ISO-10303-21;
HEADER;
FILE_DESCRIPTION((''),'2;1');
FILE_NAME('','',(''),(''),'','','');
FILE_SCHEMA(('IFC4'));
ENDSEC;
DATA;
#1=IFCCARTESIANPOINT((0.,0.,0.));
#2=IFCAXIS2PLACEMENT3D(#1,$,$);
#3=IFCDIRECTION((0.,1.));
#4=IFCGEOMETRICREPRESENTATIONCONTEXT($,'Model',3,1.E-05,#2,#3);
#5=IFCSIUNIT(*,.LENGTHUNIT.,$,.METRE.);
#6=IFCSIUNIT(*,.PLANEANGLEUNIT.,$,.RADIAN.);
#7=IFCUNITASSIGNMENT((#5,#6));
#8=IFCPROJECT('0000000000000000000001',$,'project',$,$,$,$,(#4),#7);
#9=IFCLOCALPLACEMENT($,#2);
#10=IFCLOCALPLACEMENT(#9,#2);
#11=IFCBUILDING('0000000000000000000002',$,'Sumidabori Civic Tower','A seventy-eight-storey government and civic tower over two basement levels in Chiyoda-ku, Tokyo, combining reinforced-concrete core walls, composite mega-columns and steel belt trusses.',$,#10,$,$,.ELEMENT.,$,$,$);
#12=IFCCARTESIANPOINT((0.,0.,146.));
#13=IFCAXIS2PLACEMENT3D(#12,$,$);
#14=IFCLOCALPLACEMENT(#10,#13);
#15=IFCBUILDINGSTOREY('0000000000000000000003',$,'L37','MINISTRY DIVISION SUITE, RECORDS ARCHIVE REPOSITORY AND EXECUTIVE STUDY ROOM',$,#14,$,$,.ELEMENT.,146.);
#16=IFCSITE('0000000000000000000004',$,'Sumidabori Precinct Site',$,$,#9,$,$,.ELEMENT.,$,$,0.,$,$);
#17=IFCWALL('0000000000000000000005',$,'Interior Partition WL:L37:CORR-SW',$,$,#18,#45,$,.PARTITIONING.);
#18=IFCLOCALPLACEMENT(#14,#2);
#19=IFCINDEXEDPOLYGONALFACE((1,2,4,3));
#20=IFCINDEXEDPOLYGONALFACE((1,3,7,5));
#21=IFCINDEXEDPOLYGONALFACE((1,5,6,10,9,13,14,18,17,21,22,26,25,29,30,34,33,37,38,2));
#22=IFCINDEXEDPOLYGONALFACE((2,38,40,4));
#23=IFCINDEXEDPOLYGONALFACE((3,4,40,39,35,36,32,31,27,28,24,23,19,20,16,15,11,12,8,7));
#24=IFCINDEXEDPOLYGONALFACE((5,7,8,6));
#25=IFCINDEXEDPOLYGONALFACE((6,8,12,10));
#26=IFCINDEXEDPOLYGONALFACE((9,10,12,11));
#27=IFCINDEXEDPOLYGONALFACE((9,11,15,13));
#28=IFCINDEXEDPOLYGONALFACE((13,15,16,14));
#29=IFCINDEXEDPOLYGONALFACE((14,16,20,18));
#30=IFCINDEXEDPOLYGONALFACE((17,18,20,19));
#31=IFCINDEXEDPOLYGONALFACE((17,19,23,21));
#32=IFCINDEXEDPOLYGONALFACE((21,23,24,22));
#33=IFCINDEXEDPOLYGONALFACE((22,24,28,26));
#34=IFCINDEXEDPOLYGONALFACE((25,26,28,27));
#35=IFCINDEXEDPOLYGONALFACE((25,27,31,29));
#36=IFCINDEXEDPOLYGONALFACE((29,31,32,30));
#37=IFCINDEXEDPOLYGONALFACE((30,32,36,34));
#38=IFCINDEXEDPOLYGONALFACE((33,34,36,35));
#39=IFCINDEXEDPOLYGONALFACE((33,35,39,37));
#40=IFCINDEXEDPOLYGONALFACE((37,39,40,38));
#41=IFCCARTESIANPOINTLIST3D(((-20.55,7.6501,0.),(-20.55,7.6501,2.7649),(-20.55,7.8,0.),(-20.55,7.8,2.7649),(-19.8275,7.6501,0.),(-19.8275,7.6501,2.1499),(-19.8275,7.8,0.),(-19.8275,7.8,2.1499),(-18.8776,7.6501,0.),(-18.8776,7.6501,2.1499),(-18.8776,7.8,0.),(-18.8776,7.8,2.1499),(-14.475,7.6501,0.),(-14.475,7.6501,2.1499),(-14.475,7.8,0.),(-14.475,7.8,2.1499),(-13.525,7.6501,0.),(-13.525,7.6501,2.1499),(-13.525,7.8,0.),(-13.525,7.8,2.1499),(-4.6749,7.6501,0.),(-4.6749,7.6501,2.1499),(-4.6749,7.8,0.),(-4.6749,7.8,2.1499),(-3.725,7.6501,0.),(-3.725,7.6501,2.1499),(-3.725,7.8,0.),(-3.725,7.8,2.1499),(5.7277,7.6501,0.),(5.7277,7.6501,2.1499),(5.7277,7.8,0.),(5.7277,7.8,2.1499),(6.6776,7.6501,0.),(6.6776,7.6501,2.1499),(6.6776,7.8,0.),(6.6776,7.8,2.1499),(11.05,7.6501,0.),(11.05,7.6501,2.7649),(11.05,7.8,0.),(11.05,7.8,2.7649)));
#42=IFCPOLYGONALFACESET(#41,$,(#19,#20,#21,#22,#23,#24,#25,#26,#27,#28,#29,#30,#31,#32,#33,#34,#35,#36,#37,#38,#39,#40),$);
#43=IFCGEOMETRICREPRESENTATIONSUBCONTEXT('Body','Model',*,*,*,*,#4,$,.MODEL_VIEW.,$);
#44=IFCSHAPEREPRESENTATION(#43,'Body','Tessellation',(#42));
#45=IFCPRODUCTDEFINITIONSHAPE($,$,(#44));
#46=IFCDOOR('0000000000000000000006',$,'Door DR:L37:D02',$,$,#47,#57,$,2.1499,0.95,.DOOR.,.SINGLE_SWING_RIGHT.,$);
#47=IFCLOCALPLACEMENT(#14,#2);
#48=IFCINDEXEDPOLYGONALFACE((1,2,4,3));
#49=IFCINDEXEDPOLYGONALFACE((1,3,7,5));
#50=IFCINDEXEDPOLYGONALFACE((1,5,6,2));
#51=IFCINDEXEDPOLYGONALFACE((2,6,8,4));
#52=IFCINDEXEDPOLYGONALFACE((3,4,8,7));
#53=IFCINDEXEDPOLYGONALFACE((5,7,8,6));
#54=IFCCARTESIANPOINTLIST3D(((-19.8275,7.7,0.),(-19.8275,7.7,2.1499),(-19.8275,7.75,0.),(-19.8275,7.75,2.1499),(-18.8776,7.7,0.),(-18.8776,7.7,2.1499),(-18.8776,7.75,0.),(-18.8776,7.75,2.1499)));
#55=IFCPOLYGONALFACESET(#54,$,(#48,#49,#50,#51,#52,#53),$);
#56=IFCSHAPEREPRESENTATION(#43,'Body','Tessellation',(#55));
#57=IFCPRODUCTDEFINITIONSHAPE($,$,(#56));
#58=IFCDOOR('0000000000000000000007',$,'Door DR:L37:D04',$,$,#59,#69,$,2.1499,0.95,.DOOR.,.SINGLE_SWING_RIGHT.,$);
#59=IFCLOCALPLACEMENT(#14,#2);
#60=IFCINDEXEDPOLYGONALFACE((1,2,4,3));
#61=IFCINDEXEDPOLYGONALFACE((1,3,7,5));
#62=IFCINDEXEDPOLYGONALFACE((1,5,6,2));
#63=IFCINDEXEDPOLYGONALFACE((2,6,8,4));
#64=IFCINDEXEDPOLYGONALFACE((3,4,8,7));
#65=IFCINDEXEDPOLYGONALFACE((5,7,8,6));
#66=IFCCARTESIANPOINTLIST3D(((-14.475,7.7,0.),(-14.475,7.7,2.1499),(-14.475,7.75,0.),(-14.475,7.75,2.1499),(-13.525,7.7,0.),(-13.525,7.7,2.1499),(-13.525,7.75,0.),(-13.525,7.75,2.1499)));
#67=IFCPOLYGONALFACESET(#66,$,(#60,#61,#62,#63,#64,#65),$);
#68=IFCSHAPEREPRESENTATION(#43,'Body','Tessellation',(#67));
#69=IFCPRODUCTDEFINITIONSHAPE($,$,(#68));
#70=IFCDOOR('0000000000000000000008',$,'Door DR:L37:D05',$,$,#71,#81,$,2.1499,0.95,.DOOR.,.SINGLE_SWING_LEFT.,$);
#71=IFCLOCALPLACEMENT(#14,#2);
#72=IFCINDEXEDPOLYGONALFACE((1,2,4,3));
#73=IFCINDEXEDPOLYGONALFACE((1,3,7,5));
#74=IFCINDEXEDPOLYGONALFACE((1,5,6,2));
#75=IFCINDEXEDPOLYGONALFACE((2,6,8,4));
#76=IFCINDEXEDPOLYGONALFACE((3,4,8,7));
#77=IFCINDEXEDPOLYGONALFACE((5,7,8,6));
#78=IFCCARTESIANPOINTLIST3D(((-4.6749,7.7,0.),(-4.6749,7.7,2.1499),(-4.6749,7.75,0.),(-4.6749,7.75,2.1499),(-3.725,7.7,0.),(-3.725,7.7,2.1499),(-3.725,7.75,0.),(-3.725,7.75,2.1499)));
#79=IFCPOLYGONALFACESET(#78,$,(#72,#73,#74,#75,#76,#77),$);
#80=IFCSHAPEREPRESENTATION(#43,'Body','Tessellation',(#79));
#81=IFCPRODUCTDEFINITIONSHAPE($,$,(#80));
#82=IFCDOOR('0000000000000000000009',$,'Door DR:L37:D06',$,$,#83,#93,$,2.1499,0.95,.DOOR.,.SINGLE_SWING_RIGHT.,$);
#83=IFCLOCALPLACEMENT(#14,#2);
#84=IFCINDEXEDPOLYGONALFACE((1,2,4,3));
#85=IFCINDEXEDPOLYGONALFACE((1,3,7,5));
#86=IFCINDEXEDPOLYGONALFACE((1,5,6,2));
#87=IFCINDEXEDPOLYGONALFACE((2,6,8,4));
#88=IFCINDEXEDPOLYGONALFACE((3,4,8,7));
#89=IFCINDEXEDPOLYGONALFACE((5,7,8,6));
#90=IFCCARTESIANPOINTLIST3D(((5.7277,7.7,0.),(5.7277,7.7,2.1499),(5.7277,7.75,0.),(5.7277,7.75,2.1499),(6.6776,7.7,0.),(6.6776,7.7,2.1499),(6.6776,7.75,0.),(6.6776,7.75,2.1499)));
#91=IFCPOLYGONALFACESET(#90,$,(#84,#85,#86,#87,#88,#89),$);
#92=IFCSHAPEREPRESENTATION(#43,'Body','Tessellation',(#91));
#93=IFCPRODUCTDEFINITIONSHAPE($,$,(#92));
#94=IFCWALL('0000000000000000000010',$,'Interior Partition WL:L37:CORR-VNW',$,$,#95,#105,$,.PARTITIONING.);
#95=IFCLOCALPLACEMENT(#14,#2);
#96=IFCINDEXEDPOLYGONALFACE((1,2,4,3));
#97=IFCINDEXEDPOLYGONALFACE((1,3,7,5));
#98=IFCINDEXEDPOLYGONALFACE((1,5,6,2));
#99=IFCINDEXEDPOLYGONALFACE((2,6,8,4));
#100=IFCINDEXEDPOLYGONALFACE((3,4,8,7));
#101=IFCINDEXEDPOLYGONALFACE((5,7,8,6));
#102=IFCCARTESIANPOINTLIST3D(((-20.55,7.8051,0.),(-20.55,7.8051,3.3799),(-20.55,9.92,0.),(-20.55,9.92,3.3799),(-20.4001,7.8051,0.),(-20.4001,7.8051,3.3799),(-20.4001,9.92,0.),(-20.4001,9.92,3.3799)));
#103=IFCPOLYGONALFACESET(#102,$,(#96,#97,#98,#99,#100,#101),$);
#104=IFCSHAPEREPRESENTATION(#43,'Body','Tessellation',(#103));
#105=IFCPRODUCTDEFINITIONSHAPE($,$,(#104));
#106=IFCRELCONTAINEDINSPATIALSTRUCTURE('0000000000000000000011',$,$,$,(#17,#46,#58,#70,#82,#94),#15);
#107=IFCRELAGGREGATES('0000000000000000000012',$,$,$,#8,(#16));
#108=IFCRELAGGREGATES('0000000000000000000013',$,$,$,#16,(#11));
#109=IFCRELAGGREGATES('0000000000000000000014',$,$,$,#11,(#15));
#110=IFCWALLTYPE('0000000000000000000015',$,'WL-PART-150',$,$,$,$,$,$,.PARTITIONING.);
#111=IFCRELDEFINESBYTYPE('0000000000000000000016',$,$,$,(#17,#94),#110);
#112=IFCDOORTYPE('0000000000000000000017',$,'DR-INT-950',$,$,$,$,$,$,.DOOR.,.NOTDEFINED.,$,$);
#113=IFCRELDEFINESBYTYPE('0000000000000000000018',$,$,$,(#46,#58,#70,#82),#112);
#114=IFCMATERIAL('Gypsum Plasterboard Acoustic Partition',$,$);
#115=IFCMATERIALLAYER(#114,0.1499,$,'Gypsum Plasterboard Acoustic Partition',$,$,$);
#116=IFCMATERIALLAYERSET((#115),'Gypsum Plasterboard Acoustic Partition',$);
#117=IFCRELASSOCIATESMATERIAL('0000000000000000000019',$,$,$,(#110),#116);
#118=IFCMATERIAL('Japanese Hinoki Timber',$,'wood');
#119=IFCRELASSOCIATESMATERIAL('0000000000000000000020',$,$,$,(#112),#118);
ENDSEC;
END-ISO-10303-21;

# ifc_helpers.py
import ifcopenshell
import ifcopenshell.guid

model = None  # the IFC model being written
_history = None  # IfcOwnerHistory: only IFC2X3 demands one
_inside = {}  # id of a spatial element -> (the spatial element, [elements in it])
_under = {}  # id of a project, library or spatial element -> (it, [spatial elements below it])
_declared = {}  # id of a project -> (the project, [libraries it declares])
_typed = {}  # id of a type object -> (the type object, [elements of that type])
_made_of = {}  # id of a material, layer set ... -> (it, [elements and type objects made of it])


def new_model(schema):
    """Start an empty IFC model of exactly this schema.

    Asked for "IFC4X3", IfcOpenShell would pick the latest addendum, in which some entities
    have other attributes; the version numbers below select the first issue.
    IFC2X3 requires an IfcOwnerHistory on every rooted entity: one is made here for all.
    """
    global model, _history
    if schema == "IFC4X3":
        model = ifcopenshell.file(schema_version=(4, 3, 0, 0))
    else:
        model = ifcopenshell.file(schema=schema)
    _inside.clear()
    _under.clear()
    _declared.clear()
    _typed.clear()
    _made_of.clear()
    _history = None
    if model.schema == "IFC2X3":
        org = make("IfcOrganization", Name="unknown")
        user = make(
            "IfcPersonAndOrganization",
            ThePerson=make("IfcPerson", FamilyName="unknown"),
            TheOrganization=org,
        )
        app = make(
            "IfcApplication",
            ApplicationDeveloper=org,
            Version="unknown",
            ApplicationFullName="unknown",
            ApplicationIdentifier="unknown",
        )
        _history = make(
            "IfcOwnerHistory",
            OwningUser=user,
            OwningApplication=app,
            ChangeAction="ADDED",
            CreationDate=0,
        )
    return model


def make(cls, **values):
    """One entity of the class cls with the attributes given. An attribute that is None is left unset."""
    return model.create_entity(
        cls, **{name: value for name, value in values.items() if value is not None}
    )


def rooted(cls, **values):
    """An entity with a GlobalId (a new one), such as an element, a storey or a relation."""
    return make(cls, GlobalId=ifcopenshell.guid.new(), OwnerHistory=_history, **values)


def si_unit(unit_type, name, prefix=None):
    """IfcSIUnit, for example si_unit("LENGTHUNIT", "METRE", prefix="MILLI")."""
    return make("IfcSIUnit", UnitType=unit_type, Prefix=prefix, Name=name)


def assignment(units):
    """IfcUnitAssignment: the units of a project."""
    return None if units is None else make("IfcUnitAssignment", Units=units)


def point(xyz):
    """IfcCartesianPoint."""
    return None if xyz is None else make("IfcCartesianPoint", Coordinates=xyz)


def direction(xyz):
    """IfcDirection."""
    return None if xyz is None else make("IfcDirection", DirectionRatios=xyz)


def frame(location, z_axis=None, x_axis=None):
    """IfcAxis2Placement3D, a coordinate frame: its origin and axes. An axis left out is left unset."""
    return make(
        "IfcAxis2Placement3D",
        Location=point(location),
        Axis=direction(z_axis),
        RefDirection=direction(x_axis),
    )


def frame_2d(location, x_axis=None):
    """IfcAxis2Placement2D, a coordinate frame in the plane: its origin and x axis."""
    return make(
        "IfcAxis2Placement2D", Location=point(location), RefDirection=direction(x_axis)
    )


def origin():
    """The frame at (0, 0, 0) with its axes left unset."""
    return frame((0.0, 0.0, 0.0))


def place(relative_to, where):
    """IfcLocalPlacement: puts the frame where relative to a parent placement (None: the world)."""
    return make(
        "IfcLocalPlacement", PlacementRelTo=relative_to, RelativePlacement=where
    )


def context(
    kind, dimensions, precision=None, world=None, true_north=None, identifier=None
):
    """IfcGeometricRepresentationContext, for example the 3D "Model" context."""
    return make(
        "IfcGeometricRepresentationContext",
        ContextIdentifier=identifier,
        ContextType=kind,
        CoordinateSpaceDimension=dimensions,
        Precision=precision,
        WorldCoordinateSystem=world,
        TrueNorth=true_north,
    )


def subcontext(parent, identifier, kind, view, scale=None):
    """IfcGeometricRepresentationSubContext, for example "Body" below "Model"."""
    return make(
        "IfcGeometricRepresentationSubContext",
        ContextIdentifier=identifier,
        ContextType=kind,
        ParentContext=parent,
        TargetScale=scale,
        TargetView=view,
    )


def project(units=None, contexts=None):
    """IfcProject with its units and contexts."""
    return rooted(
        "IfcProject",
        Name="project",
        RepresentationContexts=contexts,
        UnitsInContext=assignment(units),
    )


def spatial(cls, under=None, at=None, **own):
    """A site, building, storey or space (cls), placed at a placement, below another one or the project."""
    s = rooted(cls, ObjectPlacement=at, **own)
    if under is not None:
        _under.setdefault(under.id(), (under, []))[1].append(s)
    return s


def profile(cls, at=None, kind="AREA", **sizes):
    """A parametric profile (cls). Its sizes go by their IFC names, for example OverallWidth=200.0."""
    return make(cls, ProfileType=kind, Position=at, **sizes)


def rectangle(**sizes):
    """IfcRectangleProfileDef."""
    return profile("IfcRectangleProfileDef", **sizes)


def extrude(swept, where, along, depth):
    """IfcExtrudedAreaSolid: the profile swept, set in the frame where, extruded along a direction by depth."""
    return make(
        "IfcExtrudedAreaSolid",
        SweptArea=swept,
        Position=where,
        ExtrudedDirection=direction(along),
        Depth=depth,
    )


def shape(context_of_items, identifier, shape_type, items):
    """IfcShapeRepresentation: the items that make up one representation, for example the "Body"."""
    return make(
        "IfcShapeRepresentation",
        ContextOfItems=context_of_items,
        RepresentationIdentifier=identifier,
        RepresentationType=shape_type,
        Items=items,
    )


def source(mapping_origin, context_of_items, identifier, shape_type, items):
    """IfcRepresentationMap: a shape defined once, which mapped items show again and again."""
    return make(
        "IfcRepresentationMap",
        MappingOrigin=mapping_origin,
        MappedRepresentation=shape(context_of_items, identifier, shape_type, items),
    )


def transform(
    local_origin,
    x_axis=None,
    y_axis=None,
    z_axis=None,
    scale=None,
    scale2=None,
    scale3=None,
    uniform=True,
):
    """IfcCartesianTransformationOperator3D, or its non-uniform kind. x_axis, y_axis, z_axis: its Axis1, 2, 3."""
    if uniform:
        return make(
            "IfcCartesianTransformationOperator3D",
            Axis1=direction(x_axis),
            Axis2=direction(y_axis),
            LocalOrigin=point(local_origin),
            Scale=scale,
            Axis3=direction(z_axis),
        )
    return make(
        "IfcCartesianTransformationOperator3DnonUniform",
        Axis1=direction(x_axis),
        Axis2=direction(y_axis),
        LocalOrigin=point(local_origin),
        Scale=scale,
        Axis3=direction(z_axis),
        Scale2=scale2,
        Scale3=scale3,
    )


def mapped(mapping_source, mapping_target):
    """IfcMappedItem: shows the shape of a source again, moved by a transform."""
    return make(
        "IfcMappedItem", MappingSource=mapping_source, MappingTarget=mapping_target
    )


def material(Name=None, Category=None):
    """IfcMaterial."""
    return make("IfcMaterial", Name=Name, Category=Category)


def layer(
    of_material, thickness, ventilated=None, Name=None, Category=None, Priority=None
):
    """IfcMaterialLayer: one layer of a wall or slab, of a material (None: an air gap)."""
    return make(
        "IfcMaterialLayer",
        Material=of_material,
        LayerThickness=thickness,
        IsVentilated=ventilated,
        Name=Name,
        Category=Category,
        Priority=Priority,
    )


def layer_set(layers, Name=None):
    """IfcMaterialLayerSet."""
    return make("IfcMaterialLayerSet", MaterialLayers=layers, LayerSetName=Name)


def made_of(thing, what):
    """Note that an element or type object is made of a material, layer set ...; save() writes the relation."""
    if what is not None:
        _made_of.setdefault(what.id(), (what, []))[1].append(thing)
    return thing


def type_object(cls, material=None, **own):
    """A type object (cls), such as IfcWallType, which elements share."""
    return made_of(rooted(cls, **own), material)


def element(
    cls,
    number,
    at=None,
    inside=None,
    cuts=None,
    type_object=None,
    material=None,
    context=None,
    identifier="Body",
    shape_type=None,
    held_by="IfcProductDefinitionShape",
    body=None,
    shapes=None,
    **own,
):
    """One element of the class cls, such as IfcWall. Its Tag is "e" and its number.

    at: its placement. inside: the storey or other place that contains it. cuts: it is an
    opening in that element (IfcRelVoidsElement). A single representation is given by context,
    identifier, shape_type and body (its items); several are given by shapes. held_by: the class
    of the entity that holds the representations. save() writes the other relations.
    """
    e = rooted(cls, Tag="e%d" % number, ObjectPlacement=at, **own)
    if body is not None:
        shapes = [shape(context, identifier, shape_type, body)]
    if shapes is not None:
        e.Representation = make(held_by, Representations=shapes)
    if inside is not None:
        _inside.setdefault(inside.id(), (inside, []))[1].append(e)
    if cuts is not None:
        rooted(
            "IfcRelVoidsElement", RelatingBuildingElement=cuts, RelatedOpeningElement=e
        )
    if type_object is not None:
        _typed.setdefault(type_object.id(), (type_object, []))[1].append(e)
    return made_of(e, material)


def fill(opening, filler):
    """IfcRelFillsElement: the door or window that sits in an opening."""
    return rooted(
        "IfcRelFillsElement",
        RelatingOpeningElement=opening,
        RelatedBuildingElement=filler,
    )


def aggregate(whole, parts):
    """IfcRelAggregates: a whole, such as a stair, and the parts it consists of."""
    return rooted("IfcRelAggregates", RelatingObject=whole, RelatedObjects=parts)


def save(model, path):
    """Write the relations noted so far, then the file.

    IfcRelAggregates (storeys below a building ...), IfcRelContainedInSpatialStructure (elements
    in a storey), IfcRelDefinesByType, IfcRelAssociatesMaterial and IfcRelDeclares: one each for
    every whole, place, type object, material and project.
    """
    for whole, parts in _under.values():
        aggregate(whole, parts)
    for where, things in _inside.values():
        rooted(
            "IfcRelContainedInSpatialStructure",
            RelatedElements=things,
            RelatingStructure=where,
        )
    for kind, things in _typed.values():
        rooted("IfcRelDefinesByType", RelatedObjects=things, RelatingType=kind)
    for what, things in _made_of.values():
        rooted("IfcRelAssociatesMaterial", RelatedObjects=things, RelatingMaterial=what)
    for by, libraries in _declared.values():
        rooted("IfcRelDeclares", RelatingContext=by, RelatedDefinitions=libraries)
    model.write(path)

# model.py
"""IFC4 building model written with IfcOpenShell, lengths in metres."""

from ifc_helpers import new_model, si_unit, direction, frame, frame_2d, origin, place, context, subcontext, project, spatial, rectangle, extrude, source, transform, mapped, material, layer, layer_set, type_object, element, fill, save


model = new_model("IFC4")

# Units and contexts
model_context = context("Model", 3, precision=1e-05, world=origin(), true_north=direction((0.0, 1.0)))
body_context = subcontext(model_context, "Body", "Model", "MODEL_VIEW")
ifc_project = project(units=[si_unit("LENGTHUNIT", "METRE"), si_unit("PLANEANGLEUNIT", "RADIAN")], contexts=[model_context])

# Site, building, storey
site_placement = place(None, origin())
site = spatial("IfcSite", under=ifc_project, at=site_placement, Name="Sumidabori Precinct Site", CompositionType="ELEMENT", RefElevation=0.0)
building_placement = place(site_placement, origin())
building = spatial("IfcBuilding", under=site, at=building_placement, Name="Sumidabori Civic Tower", Description="A seventy-eight-storey government and civic tower over two basement levels in Chiyoda-ku, Tokyo, combining reinforced-concrete core walls, composite mega-columns and steel belt trusses.", CompositionType="ELEMENT")
storey_placement = place(building_placement, frame((0.0, 0.0, 146.0)))
storey = spatial("IfcBuildingStorey", under=building, at=storey_placement, Name="L37", Description="MINISTRY DIVISION SUITE, RECORDS ARCHIVE REPOSITORY AND EXECUTIVE STUDY ROOM", CompositionType="ELEMENT", Elevation=146.0)

# Wall, openings, doors
ifc_material_1 = material(Name="Gypsum Plasterboard Acoustic Partition")
ifc_layer_1 = layer(ifc_material_1, 0.1499, Name="Gypsum Plasterboard Acoustic Partition")
ifc_layer_set_1 = layer_set([ifc_layer_1], Name="Gypsum Plasterboard Acoustic Partition")
wall_type_1 = type_object("IfcWallType", Name="WL-PART-150", PredefinedType="PARTITIONING", material=ifc_layer_set_1)
shared_shape_1 = source(origin(), body_context, "Body", "SweptSolid", [
    extrude(rectangle(XDim=31.6001, YDim=0.1499, at=frame_2d((15.8, 0.0))), origin(), (0.0, 0.0, 1.0), 2.7649),
])
wall_1_placement = place(storey_placement, frame((-20.55, 7.7251, 0.0), z_axis=(0.0, 0.0, 1.0), x_axis=(1.0, 0.0, 0.0)))
wall_1 = element("IfcWall", 1, at=wall_1_placement, inside=storey, type_object=wall_type_1, Name="Interior Partition WL:L37:CORR-SW", PredefinedType="PARTITIONING", context=body_context, shape_type="MappedRepresentation", body=[
    mapped(shared_shape_1, transform((0.0, 0.0, 0.0), x_axis=(1.0, 0.0, 0.0), y_axis=(0.0, 1.0, 0.0), z_axis=(0.0, 0.0, 1.0), scale=1.0)),
])
opening_1_placement = place(wall_1_placement, frame((0.7224, 0.0, 0.0)))
opening_1 = element("IfcOpeningElement", 2, at=opening_1_placement, cuts=wall_1, PredefinedType="OPENING", context=body_context, shape_type="SweptSolid", body=[
    extrude(rectangle(XDim=0.95, YDim=2.1499, at=frame_2d((0.4751, 1.075))), frame((0.0, 0.0869, 0.0), z_axis=(0.0, -1.0, 0.0), x_axis=(1.0, 0.0, 0.0)), (0.0, 0.0, 1.0), 0.1738),
])
opening_2_placement = place(wall_1_placement, frame((6.075, 0.0, 0.0)))
opening_2 = element("IfcOpeningElement", 3, at=opening_2_placement, cuts=wall_1, PredefinedType="OPENING", context=body_context, shape_type="SweptSolid", body=[
    extrude(rectangle(XDim=0.95, YDim=2.1499, at=frame_2d((0.4751, 1.075))), frame((0.0, 0.0869, 0.0), z_axis=(0.0, -1.0, 0.0), x_axis=(1.0, 0.0, 0.0)), (0.0, 0.0, 1.0), 0.1738),
])
opening_3_placement = place(wall_1_placement, frame((15.875, 0.0, 0.0)))
opening_3 = element("IfcOpeningElement", 4, at=opening_3_placement, cuts=wall_1, PredefinedType="OPENING", context=body_context, shape_type="SweptSolid", body=[
    extrude(rectangle(XDim=0.95, YDim=2.1499, at=frame_2d((0.4751, 1.075))), frame((0.0, 0.0869, 0.0), z_axis=(0.0, -1.0, 0.0), x_axis=(1.0, 0.0, 0.0)), (0.0, 0.0, 1.0), 0.1738),
])
opening_4_placement = place(wall_1_placement, frame((26.2776, 0.0, 0.0)))
opening_4 = element("IfcOpeningElement", 5, at=opening_4_placement, cuts=wall_1, PredefinedType="OPENING", context=body_context, shape_type="SweptSolid", body=[
    extrude(rectangle(XDim=0.95, YDim=2.1499, at=frame_2d((0.4751, 1.075))), frame((0.0, 0.0869, 0.0), z_axis=(0.0, -1.0, 0.0), x_axis=(1.0, 0.0, 0.0)), (0.0, 0.0, 1.0), 0.1738),
])
ifc_material_2 = material(Name="Japanese Hinoki Timber", Category="wood")
door_type_1 = type_object("IfcDoorType", Name="DR-INT-950", OperationType="NOTDEFINED", PredefinedType="DOOR", material=ifc_material_2)
shared_shape_2 = source(origin(), body_context, "Body", "SweptSolid", [
    extrude(rectangle(XDim=0.95, YDim=2.1499, at=frame_2d((0.4751, 1.075))), frame((0.0, 0.0249, 0.0), z_axis=(0.0, -1.0, 0.0), x_axis=(1.0, 0.0, 0.0)), (0.0, 0.0, 1.0), 0.05),
])
door_1_placement = place(opening_1_placement, origin())
door_1 = element("IfcDoor", 6, at=door_1_placement, inside=storey, type_object=door_type_1, Name="Door DR:L37:D02", OperationType="SINGLE_SWING_RIGHT", OverallHeight=2.1499, OverallWidth=0.95, PredefinedType="DOOR", context=body_context, shape_type="MappedRepresentation", body=[
    mapped(shared_shape_2, transform((0.0, 0.0, 0.0), x_axis=(1.0, 0.0, 0.0), y_axis=(0.0, 1.0, 0.0), z_axis=(0.0, 0.0, 1.0), scale=1.0)),
])
fill(opening_1, door_1)
door_2_placement = place(opening_2_placement, origin())
door_2 = element("IfcDoor", 7, at=door_2_placement, inside=storey, type_object=door_type_1, Name="Door DR:L37:D04", OperationType="SINGLE_SWING_RIGHT", OverallHeight=2.1499, OverallWidth=0.95, PredefinedType="DOOR", context=body_context, shape_type="MappedRepresentation", body=[
    mapped(shared_shape_2, transform((0.0, 0.0, 0.0), x_axis=(1.0, 0.0, 0.0), y_axis=(0.0, 1.0, 0.0), z_axis=(0.0, 0.0, 1.0), scale=1.0)),
])
fill(opening_2, door_2)
door_3_placement = place(opening_3_placement, origin())
door_3 = element("IfcDoor", 8, at=door_3_placement, inside=storey, type_object=door_type_1, Name="Door DR:L37:D05", OperationType="SINGLE_SWING_LEFT", OverallHeight=2.1499, OverallWidth=0.95, PredefinedType="DOOR", context=body_context, shape_type="MappedRepresentation", body=[
    mapped(shared_shape_2, transform((0.0, 0.0, 0.0), x_axis=(1.0, 0.0, 0.0), y_axis=(0.0, 1.0, 0.0), z_axis=(0.0, 0.0, 1.0), scale=1.0)),
])
fill(opening_3, door_3)
door_4_placement = place(opening_4_placement, origin())
door_4 = element("IfcDoor", 9, at=door_4_placement, inside=storey, type_object=door_type_1, Name="Door DR:L37:D06", OperationType="SINGLE_SWING_RIGHT", OverallHeight=2.1499, OverallWidth=0.95, PredefinedType="DOOR", context=body_context, shape_type="MappedRepresentation", body=[
    mapped(shared_shape_2, transform((0.0, 0.0, 0.0), x_axis=(1.0, 0.0, 0.0), y_axis=(0.0, 1.0, 0.0), z_axis=(0.0, 0.0, 1.0), scale=1.0)),
])
fill(opening_4, door_4)

# Wall
shared_shape_3 = source(origin(), body_context, "Body", "SweptSolid", [
    extrude(rectangle(XDim=2.115, YDim=0.1499, at=frame_2d((1.0576, 0.0))), origin(), (0.0, 0.0, 1.0), 3.3799),
])
wall_2_placement = place(storey_placement, frame((-20.4751, 7.8049, 0.0), z_axis=(0.0, 0.0, 1.0), x_axis=(0.0, 1.0, 0.0)))
element("IfcWall", 10, at=wall_2_placement, inside=storey, type_object=wall_type_1, Name="Interior Partition WL:L37:CORR-VNW", PredefinedType="PARTITIONING", context=body_context, shape_type="MappedRepresentation", body=[
    mapped(shared_shape_3, transform((0.0, 0.0, 0.0), x_axis=(1.0, 0.0, 0.0), y_axis=(0.0, 1.0, 0.0), z_axis=(0.0, 0.0, 1.0), scale=1.0)),
])

save(model, "model.ifc")
